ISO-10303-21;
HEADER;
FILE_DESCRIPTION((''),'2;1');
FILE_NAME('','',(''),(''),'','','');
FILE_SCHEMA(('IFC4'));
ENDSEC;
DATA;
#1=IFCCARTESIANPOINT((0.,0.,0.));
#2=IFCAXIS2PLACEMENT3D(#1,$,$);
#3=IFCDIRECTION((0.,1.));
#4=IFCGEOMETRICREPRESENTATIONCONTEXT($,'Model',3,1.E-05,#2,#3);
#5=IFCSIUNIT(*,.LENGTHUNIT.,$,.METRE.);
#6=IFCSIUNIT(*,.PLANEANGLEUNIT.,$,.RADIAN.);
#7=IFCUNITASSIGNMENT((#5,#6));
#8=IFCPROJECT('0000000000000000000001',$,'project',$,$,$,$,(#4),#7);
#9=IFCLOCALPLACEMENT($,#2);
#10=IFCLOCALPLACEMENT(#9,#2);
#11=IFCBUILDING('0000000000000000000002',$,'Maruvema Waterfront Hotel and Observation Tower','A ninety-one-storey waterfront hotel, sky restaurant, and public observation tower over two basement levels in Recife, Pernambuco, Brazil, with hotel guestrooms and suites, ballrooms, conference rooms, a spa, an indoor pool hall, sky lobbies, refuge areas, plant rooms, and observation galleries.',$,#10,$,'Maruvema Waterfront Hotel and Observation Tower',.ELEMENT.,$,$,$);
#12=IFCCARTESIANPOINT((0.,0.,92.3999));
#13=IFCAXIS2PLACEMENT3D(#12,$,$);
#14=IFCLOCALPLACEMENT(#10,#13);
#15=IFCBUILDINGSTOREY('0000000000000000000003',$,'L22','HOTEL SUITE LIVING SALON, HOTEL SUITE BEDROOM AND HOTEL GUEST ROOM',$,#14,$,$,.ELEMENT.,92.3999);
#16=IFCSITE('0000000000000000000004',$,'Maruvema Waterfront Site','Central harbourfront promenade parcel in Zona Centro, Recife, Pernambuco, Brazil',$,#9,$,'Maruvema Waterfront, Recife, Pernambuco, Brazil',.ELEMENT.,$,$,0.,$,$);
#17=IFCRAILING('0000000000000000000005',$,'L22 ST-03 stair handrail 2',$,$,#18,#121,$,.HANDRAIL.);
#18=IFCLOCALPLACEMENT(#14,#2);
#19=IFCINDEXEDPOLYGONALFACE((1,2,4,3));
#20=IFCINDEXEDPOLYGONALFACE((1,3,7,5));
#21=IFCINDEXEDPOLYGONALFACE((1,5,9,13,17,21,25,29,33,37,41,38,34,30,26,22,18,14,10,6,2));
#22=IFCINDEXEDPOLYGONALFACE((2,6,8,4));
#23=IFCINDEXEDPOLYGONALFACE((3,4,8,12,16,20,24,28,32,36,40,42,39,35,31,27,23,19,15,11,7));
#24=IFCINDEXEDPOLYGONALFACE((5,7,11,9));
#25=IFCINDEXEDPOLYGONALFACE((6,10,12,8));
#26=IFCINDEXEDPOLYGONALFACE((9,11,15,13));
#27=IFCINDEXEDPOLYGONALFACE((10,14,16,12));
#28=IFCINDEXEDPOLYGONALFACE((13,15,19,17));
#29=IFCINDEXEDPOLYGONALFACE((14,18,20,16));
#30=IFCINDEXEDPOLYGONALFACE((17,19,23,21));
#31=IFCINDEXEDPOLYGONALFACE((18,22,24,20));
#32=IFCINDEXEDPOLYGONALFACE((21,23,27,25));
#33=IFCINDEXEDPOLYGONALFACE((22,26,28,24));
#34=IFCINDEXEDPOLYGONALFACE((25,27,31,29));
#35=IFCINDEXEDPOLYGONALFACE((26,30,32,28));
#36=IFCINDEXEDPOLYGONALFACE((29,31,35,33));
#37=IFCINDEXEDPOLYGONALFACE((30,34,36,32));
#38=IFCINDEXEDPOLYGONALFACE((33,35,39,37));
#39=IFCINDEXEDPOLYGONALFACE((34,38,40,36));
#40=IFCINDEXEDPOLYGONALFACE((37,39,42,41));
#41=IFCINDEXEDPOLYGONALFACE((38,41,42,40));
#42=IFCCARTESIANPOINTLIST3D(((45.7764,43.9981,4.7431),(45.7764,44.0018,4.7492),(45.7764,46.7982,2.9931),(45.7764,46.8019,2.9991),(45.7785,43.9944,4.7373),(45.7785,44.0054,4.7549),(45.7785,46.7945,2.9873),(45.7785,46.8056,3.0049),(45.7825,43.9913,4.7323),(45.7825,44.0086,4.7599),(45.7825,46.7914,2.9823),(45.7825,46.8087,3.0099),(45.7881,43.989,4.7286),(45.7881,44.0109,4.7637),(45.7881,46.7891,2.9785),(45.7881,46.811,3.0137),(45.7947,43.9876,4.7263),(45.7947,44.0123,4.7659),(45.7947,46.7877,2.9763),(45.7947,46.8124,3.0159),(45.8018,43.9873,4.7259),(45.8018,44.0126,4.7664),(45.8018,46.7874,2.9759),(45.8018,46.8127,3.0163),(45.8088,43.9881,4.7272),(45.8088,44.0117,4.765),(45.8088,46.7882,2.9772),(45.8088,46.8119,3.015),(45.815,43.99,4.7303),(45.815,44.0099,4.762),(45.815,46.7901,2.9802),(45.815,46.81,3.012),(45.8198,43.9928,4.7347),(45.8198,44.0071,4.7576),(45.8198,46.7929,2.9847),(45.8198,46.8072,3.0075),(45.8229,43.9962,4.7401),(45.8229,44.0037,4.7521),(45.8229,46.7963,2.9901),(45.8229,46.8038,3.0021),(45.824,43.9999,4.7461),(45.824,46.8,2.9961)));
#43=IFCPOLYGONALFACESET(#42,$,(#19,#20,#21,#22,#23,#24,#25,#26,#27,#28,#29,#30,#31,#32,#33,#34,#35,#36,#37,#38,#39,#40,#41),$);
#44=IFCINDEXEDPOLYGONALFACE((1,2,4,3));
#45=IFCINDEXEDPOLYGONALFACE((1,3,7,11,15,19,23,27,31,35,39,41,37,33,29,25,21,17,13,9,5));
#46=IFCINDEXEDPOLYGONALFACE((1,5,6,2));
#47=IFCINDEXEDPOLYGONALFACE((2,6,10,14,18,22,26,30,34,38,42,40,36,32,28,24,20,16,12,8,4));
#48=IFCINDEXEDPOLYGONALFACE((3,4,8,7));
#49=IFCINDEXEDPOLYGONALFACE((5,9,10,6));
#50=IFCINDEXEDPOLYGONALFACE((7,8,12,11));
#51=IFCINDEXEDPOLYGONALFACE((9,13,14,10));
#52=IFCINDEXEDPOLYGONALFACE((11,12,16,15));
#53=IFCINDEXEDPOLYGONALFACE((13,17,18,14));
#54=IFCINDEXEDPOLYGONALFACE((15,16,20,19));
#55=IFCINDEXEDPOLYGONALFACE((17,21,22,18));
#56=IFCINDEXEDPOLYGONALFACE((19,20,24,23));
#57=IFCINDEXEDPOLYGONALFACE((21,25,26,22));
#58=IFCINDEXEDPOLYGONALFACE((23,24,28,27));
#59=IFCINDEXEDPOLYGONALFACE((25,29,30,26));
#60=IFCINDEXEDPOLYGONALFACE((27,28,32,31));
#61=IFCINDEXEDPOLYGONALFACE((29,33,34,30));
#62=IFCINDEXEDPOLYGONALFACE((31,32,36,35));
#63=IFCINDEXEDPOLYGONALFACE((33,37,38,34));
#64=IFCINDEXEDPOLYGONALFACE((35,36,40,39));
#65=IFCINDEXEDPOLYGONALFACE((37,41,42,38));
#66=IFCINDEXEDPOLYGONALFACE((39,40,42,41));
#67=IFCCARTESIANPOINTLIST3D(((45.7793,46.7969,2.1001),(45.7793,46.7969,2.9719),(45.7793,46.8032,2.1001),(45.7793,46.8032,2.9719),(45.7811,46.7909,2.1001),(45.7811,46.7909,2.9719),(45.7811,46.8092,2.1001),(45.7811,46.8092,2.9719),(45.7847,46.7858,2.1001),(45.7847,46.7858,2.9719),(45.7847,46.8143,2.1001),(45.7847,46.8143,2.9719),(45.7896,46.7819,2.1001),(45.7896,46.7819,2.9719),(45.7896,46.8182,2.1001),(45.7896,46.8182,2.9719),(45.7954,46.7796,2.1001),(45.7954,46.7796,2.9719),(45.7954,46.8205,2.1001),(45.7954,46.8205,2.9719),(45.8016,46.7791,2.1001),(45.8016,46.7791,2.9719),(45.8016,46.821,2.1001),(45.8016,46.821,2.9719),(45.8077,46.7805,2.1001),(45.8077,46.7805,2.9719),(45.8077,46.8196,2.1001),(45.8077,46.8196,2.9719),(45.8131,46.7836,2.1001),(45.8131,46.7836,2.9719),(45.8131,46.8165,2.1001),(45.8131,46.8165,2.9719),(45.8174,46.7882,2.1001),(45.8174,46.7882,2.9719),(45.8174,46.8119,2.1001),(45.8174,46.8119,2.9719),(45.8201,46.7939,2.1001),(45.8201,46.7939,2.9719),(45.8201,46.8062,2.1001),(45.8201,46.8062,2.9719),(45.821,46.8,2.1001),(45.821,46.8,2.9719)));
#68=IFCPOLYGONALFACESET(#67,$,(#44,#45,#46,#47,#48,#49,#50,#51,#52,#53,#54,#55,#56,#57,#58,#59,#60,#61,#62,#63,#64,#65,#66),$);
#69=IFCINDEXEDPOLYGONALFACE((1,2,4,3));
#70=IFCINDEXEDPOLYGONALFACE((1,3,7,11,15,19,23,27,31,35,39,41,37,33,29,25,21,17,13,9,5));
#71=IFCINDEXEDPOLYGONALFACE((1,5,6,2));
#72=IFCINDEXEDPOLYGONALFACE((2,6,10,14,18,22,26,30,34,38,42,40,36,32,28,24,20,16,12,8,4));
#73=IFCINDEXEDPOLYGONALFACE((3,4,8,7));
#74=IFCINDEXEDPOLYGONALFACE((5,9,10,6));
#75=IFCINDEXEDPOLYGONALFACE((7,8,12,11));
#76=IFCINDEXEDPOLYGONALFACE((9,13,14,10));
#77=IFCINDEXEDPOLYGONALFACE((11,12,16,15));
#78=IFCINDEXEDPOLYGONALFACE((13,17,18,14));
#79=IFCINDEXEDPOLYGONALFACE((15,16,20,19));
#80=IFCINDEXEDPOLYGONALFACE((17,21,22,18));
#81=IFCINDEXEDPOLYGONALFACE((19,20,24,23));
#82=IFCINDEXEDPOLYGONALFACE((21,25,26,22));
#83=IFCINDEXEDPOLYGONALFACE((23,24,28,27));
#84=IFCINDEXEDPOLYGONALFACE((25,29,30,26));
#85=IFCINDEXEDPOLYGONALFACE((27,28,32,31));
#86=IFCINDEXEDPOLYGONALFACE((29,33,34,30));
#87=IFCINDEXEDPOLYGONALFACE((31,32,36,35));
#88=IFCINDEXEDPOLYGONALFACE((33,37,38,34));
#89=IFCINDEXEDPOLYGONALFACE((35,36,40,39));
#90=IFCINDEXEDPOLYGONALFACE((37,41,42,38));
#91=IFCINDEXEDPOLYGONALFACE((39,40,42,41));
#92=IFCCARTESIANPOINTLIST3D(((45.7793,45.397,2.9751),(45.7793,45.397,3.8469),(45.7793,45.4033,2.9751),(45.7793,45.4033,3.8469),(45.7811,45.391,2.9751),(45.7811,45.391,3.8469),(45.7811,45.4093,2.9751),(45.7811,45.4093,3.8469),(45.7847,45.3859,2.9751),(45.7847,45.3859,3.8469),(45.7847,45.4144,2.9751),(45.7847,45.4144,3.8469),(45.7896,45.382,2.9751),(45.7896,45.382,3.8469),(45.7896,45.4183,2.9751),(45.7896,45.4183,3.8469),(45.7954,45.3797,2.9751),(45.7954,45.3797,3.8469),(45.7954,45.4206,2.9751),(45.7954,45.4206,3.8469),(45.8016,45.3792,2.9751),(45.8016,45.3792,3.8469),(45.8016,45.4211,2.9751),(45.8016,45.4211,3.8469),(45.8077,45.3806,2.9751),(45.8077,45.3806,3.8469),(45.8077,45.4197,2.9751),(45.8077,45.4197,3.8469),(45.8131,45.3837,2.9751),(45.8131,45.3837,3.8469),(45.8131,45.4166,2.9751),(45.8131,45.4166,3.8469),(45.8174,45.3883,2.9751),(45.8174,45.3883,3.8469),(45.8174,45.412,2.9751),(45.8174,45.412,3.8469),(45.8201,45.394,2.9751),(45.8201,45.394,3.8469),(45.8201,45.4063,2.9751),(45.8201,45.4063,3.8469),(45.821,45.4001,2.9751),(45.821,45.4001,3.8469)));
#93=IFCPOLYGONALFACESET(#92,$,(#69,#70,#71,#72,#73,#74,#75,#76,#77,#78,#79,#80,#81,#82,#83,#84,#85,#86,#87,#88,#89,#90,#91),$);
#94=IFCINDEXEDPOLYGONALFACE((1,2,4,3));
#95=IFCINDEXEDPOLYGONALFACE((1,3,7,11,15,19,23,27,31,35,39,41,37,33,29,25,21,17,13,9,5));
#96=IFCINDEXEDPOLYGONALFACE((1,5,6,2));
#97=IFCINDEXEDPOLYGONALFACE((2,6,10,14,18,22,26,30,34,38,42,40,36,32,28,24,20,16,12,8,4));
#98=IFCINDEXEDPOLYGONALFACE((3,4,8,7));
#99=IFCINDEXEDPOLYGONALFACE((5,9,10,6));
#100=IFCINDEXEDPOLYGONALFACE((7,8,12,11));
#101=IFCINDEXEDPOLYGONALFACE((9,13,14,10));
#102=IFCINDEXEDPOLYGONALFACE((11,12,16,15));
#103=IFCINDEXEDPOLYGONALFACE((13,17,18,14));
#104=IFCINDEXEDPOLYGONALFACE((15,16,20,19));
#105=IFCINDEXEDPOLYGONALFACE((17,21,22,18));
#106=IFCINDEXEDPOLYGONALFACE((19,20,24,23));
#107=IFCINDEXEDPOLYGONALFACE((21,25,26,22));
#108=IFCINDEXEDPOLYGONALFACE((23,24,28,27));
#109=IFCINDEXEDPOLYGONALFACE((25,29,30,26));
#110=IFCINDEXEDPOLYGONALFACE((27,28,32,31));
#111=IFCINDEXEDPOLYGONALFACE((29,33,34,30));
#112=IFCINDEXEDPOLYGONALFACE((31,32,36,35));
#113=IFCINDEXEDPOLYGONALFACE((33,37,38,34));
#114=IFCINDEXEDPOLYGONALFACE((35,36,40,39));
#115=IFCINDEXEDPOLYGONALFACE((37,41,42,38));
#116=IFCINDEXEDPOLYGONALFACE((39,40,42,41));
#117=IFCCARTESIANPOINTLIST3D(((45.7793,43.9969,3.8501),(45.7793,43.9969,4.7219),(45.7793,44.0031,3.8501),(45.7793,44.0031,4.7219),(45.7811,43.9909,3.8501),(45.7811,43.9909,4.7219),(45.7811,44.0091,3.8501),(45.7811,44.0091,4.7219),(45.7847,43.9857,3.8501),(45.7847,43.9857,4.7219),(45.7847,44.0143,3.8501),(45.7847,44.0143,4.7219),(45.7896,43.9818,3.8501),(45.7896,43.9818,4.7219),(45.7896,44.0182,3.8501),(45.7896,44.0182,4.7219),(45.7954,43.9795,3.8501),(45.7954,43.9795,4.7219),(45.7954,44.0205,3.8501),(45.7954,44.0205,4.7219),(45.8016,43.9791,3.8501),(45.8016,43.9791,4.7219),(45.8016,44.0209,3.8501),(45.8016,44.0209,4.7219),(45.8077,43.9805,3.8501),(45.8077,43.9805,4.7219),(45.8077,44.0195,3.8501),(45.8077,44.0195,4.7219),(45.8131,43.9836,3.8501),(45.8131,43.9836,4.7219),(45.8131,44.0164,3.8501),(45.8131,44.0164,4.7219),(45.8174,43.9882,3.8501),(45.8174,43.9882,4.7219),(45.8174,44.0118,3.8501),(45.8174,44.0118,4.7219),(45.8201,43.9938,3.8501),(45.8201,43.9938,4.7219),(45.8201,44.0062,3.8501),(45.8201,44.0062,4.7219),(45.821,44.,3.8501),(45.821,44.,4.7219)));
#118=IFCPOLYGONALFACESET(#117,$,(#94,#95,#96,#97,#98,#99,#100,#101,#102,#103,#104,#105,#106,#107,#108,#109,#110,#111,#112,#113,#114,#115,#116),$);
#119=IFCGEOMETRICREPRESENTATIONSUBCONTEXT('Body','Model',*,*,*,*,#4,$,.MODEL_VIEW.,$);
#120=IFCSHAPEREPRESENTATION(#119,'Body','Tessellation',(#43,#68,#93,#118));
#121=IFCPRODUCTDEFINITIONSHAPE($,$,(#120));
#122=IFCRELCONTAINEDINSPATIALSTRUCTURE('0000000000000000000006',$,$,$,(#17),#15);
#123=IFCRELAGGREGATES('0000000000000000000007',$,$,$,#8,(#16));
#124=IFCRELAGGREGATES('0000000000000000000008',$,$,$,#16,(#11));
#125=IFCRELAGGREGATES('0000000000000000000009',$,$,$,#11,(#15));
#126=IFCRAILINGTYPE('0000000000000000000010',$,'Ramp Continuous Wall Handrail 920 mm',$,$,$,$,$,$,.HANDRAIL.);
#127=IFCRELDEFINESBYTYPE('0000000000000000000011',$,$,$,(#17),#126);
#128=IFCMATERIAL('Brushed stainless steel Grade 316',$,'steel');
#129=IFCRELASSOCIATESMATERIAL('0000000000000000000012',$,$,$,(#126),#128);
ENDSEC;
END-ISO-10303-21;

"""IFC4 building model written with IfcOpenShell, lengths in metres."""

from ifc_helpers import new_model, si_unit, direction, frame, origin, origin_2d, place, context, subcontext, project, spatial, circle, extrude, material, type_object, element, save


model = new_model("IFC4")

# Units and contexts
model_context = context("Model", 3, precision=1e-05, world=origin(), true_north=direction((0.0, 1.0)))
body_context = subcontext(model_context, "Body", "Model", "MODEL_VIEW")
ifc_project = project(units=[si_unit("LENGTHUNIT", "METRE"), si_unit("PLANEANGLEUNIT", "RADIAN")], contexts=[model_context])

# Site, building, storey
site_placement = place(None, origin())
site = spatial("IfcSite", under=ifc_project, at=site_placement, Name="Maruvema Waterfront Site", Description="Central harbourfront promenade parcel in Zona Centro, Recife, Pernambuco, Brazil", LongName="Maruvema Waterfront, Recife, Pernambuco, Brazil", CompositionType="ELEMENT", RefElevation=0.0)
building_placement = place(site_placement, origin())
building = spatial("IfcBuilding", under=site, at=building_placement, Name="Maruvema Waterfront Hotel and Observation Tower", Description="A ninety-one-storey waterfront hotel, sky restaurant, and public observation tower over two basement levels in Recife, Pernambuco, Brazil, with hotel guestrooms and suites, ballrooms, conference rooms, a spa, an indoor pool hall, sky lobbies, refuge areas, plant rooms, and observation galleries.", LongName="Maruvema Waterfront Hotel and Observation Tower", CompositionType="ELEMENT")
storey_placement = place(building_placement, frame((0.0, 0.0, 92.3999)))
storey = spatial("IfcBuildingStorey", under=building, at=storey_placement, Name="L22", Description="HOTEL SUITE LIVING SALON, HOTEL SUITE BEDROOM AND HOTEL GUEST ROOM", CompositionType="ELEMENT", Elevation=92.3999)

# Railing
ifc_material_1 = material(Name="Brushed stainless steel Grade 316", Category="steel")
railing_type_1 = type_object("IfcRailingType", Name="Ramp Continuous Wall Handrail 920 mm", PredefinedType="HANDRAIL", material=ifc_material_1)
railing_1_placement = place(storey_placement, frame((45.8, 46.8, 2.1001)))
element("IfcRailing", 1, at=railing_1_placement, inside=storey, type_object=railing_type_1, Name="L22 ST-03 stair handrail 2", PredefinedType="HANDRAIL", context=body_context, shape_type="SweptSolid", body=[
    extrude(circle(Radius=0.0239, at=origin_2d()), frame((0.0, 0.0, 0.896), z_axis=(0.0, -0.848002, 0.529992), x_axis=(1.0, 0.0, 0.0)), (0.0, 0.0, 1.0), 3.302),
    extrude(circle(Radius=0.021, at=origin_2d()), origin(), (0.0, 0.0, 1.0), 0.8718),
    extrude(circle(Radius=0.021, at=origin_2d()), frame((0.0, -1.3999, 0.875)), (0.0, 0.0, 1.0), 0.8718),
    extrude(circle(Radius=0.021, at=origin_2d()), frame((0.0, -2.8, 1.75)), (0.0, 0.0, 1.0), 0.8718),
])

save(model, "model.ifc")
